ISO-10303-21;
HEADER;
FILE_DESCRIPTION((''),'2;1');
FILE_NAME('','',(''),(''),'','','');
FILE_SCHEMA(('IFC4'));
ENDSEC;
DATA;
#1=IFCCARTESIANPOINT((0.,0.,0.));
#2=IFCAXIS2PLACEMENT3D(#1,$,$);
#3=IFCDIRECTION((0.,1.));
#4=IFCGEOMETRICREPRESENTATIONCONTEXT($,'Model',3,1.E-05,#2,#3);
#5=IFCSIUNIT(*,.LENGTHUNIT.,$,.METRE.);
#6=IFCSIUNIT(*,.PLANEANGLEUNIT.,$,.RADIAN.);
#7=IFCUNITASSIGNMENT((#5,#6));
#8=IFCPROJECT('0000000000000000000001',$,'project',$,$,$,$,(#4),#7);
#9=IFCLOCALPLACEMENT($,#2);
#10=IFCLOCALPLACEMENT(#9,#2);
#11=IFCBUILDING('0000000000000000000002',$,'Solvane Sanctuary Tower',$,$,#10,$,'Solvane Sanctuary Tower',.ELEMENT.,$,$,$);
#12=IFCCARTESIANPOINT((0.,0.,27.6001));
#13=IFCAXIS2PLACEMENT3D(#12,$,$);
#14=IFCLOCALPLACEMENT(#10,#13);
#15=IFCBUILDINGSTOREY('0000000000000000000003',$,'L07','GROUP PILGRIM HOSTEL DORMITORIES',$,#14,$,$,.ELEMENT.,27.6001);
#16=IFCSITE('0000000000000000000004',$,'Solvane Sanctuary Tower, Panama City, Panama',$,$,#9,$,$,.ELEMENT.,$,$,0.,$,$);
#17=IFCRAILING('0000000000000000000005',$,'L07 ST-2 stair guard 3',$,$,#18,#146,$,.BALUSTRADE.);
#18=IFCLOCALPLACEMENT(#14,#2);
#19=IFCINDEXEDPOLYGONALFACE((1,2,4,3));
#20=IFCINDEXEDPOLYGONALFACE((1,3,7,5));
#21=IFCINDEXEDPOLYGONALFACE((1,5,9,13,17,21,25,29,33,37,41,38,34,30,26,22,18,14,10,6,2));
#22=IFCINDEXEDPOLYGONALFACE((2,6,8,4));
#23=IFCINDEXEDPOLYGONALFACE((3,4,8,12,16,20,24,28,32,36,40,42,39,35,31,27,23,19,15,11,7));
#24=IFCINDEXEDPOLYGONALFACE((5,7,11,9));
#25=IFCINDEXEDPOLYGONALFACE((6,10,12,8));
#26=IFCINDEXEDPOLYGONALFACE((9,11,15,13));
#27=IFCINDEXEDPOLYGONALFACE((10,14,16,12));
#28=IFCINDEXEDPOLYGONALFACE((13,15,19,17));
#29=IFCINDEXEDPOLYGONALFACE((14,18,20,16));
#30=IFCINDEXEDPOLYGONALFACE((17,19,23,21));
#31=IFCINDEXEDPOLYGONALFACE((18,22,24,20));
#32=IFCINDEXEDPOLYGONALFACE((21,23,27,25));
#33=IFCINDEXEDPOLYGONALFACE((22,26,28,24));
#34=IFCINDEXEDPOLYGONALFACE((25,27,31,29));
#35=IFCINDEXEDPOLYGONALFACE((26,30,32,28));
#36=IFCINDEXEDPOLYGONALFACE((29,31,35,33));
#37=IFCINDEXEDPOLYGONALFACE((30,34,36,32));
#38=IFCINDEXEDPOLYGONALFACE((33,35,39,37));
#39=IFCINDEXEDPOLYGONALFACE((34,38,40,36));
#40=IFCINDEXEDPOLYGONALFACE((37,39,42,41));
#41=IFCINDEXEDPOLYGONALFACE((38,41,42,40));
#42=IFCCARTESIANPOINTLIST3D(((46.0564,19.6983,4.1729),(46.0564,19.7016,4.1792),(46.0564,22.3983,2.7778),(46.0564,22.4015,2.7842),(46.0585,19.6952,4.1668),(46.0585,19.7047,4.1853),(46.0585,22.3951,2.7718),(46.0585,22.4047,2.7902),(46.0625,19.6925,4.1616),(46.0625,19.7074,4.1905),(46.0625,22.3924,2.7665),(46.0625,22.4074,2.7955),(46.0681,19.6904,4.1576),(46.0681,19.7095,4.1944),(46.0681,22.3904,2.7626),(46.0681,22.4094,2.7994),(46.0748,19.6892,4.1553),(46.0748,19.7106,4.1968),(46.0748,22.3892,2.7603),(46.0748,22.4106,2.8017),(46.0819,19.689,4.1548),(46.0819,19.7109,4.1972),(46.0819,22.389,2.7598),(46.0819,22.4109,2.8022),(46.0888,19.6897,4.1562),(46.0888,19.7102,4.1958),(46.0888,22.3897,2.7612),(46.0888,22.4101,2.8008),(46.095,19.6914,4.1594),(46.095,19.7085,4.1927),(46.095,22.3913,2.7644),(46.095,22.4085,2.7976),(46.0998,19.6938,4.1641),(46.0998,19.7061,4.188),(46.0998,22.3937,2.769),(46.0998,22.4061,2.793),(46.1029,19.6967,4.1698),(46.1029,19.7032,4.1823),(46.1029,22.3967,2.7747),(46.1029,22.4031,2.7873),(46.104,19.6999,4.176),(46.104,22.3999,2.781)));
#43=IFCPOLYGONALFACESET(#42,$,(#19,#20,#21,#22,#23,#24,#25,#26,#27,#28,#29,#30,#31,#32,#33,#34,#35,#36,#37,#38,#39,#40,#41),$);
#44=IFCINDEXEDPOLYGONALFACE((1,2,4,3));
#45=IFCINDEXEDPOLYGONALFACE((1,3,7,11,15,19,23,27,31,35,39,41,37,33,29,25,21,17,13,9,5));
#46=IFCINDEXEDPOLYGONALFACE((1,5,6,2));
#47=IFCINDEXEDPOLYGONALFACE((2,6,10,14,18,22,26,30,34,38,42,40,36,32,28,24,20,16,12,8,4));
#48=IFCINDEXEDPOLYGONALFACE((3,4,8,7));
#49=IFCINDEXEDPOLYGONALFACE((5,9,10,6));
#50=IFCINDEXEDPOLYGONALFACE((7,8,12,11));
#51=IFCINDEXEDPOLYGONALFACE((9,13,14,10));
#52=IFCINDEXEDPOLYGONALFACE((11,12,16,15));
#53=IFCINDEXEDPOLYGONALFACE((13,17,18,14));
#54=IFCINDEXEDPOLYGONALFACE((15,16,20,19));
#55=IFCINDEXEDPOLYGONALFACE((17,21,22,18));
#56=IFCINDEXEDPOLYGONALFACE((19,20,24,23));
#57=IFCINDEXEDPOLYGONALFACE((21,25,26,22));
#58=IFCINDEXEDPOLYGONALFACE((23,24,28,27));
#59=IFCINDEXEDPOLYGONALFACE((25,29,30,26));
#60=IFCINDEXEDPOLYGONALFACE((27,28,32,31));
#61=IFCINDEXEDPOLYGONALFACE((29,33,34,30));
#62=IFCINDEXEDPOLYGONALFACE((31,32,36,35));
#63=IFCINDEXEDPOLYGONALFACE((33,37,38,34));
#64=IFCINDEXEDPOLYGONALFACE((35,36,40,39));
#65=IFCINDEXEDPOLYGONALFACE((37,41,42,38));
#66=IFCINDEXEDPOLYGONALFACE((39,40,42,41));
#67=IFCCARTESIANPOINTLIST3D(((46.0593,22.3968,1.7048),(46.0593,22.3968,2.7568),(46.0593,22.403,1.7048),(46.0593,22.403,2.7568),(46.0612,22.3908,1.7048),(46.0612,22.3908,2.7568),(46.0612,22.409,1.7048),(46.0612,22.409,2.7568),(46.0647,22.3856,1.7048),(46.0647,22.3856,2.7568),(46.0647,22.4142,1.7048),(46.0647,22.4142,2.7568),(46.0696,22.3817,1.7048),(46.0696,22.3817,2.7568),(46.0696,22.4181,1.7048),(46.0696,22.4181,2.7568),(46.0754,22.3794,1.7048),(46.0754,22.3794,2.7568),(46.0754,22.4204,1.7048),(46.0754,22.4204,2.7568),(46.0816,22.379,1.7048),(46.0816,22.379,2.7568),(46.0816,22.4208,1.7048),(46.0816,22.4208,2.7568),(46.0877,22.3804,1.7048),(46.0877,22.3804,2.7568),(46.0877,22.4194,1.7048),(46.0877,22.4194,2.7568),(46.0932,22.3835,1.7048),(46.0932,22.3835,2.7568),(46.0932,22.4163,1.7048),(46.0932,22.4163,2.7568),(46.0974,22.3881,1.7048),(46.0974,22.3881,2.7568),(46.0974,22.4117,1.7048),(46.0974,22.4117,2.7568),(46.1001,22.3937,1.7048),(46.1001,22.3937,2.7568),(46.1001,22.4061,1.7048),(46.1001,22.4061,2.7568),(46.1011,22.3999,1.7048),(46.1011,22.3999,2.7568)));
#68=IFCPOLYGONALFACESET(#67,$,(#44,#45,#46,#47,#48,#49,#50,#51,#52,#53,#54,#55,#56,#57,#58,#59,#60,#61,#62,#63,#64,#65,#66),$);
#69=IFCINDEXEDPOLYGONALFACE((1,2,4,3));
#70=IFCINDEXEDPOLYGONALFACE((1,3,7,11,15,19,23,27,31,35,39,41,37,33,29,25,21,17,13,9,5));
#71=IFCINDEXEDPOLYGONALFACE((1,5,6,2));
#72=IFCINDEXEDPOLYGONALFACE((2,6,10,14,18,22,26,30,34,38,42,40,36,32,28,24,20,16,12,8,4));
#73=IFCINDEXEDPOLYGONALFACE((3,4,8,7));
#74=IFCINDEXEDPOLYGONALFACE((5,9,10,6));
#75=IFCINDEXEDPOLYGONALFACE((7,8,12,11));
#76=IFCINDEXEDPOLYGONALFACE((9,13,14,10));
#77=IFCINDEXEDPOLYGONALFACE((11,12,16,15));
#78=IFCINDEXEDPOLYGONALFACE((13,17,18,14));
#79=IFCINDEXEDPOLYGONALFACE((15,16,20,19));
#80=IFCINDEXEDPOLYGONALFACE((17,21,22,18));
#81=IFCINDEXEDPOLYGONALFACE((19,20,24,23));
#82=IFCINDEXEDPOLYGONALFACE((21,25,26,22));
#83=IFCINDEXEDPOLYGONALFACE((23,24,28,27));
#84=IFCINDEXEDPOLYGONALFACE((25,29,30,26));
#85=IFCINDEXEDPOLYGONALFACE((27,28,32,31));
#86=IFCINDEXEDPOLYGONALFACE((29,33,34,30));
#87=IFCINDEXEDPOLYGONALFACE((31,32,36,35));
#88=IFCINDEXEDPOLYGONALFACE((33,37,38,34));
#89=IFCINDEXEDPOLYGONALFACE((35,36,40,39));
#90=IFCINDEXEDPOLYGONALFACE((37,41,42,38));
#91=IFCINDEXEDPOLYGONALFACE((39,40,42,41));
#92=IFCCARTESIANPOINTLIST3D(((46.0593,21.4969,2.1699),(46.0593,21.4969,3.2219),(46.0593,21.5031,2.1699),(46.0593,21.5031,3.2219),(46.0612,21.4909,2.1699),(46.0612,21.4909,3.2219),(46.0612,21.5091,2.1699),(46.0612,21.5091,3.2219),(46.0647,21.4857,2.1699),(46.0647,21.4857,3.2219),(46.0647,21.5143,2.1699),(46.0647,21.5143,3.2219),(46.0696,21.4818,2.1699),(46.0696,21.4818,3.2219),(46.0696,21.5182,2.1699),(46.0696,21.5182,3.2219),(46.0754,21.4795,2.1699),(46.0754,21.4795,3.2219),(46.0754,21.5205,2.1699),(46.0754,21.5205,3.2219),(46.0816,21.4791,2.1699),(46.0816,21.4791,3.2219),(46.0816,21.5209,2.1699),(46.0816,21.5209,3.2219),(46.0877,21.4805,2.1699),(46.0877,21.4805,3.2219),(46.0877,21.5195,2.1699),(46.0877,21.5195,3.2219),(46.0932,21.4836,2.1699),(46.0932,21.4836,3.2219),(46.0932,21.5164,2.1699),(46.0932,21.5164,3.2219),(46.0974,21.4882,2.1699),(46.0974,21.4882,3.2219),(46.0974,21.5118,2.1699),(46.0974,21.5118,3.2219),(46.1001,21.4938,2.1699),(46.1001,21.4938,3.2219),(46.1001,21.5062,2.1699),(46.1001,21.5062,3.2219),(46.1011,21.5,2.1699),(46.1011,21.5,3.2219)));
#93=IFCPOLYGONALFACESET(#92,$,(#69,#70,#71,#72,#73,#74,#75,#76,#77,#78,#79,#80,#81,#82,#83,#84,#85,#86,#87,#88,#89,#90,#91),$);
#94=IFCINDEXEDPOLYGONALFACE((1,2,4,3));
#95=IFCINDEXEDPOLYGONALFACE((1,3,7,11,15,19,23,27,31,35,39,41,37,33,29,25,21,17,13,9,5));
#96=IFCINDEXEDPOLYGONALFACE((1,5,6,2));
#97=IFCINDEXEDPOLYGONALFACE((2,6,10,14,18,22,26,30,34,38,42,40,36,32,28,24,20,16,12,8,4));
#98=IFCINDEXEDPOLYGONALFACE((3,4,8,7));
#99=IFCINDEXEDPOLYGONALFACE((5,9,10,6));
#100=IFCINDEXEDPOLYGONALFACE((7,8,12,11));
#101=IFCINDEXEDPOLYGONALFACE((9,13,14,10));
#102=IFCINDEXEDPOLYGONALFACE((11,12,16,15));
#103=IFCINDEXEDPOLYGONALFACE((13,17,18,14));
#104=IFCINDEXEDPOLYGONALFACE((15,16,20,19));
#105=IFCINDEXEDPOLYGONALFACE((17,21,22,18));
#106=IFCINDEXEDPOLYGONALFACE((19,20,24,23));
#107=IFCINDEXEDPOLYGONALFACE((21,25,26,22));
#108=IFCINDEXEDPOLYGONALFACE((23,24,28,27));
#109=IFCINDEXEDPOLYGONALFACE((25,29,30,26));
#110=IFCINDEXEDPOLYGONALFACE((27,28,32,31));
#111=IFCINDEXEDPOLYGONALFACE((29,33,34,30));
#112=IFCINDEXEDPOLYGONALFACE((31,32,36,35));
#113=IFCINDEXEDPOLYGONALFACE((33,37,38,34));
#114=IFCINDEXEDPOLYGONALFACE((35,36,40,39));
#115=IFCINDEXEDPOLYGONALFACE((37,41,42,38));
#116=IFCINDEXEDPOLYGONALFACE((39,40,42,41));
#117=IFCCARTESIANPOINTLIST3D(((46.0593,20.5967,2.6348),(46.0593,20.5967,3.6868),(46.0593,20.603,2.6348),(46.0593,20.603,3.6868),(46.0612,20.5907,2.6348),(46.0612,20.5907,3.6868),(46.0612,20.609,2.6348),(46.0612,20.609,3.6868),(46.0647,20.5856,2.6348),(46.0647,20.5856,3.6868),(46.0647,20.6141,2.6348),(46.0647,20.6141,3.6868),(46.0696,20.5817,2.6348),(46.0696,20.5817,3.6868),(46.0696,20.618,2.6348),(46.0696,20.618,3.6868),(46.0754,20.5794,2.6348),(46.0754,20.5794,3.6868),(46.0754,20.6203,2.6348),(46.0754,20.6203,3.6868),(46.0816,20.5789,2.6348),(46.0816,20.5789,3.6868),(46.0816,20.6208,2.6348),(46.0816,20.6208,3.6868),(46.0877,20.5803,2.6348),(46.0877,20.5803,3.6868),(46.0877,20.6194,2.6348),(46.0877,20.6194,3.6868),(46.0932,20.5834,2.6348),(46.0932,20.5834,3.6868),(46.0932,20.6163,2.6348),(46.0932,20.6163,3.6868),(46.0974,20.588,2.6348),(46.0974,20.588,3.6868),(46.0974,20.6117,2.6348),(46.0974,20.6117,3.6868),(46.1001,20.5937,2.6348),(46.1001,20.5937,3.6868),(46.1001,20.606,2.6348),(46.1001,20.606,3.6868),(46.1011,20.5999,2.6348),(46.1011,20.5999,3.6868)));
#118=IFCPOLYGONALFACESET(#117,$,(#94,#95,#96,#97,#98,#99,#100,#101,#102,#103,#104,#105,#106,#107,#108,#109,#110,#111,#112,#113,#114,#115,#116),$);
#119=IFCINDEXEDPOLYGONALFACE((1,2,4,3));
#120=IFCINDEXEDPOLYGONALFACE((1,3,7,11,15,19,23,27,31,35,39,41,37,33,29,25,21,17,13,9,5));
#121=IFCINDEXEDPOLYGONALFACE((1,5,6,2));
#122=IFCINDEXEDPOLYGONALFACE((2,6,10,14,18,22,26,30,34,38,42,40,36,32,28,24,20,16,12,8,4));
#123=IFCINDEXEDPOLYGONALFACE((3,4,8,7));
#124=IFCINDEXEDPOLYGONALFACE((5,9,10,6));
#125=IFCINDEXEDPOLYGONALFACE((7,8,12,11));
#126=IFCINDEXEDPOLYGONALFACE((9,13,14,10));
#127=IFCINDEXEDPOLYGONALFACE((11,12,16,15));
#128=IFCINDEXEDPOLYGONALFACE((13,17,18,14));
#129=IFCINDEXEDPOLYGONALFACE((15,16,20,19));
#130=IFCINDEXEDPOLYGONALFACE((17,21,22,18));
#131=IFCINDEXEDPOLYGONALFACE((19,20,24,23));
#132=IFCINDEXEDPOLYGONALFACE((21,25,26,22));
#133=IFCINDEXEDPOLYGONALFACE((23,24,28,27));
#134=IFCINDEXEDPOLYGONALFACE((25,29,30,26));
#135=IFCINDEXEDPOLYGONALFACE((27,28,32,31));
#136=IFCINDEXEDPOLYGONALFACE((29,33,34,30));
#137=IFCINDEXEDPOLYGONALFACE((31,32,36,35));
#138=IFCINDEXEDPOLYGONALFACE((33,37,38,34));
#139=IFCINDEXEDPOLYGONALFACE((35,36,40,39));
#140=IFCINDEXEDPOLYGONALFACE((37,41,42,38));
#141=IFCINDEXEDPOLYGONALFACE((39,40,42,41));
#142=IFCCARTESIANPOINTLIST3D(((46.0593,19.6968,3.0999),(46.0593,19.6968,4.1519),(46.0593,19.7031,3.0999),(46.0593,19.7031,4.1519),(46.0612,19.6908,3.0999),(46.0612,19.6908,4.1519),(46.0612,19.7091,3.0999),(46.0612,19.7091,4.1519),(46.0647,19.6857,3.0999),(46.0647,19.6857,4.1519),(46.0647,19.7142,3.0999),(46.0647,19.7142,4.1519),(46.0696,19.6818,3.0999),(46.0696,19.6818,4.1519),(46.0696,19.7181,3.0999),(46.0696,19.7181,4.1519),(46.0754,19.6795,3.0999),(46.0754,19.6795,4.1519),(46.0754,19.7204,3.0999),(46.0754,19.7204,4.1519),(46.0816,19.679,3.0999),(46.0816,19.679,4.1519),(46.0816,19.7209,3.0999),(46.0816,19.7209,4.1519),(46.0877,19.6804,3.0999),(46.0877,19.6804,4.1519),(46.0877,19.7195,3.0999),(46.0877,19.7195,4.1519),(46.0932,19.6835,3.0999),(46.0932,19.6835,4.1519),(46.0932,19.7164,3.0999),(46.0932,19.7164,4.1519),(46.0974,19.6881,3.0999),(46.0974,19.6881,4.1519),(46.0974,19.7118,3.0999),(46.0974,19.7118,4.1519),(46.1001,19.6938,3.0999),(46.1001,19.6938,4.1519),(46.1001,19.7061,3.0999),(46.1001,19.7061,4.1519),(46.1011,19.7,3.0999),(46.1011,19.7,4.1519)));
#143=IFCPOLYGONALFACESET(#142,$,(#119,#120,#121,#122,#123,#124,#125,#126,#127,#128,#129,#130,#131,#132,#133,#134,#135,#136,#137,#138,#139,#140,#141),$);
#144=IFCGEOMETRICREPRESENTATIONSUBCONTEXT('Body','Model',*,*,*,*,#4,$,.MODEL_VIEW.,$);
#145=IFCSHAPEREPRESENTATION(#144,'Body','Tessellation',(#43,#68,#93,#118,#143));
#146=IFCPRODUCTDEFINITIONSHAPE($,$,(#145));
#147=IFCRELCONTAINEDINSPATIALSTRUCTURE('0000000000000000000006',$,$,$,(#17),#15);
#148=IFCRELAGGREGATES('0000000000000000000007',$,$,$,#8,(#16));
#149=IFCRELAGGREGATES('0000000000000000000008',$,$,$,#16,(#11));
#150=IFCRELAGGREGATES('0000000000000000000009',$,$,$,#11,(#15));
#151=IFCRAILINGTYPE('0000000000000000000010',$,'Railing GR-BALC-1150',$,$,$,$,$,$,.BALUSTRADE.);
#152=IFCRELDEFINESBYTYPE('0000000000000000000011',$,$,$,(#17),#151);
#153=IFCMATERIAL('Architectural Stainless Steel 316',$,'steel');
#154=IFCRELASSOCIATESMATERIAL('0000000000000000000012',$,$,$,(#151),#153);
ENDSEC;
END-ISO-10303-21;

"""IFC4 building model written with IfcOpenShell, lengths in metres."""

from ifc_helpers import new_model, si_unit, direction, frame, origin, origin_2d, place, context, subcontext, project, spatial, circle, extrude, material, type_object, element, save


model = new_model("IFC4")

# Units and contexts
model_context = context("Model", 3, precision=1e-05, world=origin(), true_north=direction((0.0, 1.0)))
body_context = subcontext(model_context, "Body", "Model", "MODEL_VIEW")
ifc_project = project(units=[si_unit("LENGTHUNIT", "METRE"), si_unit("PLANEANGLEUNIT", "RADIAN")], contexts=[model_context])

# Site, building, storey
site_placement = place(None, origin())
site = spatial("IfcSite", under=ifc_project, at=site_placement, Name="Solvane Sanctuary Tower, Panama City, Panama", CompositionType="ELEMENT", RefElevation=0.0)
building_placement = place(site_placement, origin())
building = spatial("IfcBuilding", under=site, at=building_placement, Name="Solvane Sanctuary Tower", LongName="Solvane Sanctuary Tower", CompositionType="ELEMENT")
storey_placement = place(building_placement, frame((0.0, 0.0, 27.6001)))
storey = spatial("IfcBuildingStorey", under=building, at=storey_placement, Name="L07", Description="GROUP PILGRIM HOSTEL DORMITORIES", CompositionType="ELEMENT", Elevation=27.6001)

# Shared definitions
ifc_material_1 = material(Name="Architectural Stainless Steel 316", Category="steel")

# Railing
railing_type_1 = type_object("IfcRailingType", Name="Railing GR-BALC-1150", PredefinedType="BALUSTRADE", material=ifc_material_1)
railing_1_placement = place(storey_placement, frame((46.0801, 22.3999, 1.7048)))
element("IfcRailing", 1, at=railing_1_placement, inside=storey, type_object=railing_type_1, Name="L07 ST-2 stair guard 3", PredefinedType="BALUSTRADE", context=body_context, shape_type="SweptSolid", body=[
    extrude(circle(Radius=0.0239, at=origin_2d()), frame((0.0, 0.0, 1.0762), z_axis=(0.0, -0.88842, 0.459032), x_axis=(1.0, 0.0, 0.0)), (0.0, 0.0, 1.0), 3.0391),
    extrude(circle(Radius=0.021, at=origin_2d()), origin(), (0.0, 0.0, 1.0), 1.052),
    extrude(circle(Radius=0.021, at=origin_2d()), frame((0.0, -0.8999, 0.4651)), (0.0, 0.0, 1.0), 1.052),
    extrude(circle(Radius=0.021, at=origin_2d()), frame((0.0, -1.8, 0.9299)), (0.0, 0.0, 1.0), 1.052),
    extrude(circle(Radius=0.021, at=origin_2d()), frame((0.0, -2.7, 1.395)), (0.0, 0.0, 1.0), 1.052),
])

save(model, "model.ifc")
